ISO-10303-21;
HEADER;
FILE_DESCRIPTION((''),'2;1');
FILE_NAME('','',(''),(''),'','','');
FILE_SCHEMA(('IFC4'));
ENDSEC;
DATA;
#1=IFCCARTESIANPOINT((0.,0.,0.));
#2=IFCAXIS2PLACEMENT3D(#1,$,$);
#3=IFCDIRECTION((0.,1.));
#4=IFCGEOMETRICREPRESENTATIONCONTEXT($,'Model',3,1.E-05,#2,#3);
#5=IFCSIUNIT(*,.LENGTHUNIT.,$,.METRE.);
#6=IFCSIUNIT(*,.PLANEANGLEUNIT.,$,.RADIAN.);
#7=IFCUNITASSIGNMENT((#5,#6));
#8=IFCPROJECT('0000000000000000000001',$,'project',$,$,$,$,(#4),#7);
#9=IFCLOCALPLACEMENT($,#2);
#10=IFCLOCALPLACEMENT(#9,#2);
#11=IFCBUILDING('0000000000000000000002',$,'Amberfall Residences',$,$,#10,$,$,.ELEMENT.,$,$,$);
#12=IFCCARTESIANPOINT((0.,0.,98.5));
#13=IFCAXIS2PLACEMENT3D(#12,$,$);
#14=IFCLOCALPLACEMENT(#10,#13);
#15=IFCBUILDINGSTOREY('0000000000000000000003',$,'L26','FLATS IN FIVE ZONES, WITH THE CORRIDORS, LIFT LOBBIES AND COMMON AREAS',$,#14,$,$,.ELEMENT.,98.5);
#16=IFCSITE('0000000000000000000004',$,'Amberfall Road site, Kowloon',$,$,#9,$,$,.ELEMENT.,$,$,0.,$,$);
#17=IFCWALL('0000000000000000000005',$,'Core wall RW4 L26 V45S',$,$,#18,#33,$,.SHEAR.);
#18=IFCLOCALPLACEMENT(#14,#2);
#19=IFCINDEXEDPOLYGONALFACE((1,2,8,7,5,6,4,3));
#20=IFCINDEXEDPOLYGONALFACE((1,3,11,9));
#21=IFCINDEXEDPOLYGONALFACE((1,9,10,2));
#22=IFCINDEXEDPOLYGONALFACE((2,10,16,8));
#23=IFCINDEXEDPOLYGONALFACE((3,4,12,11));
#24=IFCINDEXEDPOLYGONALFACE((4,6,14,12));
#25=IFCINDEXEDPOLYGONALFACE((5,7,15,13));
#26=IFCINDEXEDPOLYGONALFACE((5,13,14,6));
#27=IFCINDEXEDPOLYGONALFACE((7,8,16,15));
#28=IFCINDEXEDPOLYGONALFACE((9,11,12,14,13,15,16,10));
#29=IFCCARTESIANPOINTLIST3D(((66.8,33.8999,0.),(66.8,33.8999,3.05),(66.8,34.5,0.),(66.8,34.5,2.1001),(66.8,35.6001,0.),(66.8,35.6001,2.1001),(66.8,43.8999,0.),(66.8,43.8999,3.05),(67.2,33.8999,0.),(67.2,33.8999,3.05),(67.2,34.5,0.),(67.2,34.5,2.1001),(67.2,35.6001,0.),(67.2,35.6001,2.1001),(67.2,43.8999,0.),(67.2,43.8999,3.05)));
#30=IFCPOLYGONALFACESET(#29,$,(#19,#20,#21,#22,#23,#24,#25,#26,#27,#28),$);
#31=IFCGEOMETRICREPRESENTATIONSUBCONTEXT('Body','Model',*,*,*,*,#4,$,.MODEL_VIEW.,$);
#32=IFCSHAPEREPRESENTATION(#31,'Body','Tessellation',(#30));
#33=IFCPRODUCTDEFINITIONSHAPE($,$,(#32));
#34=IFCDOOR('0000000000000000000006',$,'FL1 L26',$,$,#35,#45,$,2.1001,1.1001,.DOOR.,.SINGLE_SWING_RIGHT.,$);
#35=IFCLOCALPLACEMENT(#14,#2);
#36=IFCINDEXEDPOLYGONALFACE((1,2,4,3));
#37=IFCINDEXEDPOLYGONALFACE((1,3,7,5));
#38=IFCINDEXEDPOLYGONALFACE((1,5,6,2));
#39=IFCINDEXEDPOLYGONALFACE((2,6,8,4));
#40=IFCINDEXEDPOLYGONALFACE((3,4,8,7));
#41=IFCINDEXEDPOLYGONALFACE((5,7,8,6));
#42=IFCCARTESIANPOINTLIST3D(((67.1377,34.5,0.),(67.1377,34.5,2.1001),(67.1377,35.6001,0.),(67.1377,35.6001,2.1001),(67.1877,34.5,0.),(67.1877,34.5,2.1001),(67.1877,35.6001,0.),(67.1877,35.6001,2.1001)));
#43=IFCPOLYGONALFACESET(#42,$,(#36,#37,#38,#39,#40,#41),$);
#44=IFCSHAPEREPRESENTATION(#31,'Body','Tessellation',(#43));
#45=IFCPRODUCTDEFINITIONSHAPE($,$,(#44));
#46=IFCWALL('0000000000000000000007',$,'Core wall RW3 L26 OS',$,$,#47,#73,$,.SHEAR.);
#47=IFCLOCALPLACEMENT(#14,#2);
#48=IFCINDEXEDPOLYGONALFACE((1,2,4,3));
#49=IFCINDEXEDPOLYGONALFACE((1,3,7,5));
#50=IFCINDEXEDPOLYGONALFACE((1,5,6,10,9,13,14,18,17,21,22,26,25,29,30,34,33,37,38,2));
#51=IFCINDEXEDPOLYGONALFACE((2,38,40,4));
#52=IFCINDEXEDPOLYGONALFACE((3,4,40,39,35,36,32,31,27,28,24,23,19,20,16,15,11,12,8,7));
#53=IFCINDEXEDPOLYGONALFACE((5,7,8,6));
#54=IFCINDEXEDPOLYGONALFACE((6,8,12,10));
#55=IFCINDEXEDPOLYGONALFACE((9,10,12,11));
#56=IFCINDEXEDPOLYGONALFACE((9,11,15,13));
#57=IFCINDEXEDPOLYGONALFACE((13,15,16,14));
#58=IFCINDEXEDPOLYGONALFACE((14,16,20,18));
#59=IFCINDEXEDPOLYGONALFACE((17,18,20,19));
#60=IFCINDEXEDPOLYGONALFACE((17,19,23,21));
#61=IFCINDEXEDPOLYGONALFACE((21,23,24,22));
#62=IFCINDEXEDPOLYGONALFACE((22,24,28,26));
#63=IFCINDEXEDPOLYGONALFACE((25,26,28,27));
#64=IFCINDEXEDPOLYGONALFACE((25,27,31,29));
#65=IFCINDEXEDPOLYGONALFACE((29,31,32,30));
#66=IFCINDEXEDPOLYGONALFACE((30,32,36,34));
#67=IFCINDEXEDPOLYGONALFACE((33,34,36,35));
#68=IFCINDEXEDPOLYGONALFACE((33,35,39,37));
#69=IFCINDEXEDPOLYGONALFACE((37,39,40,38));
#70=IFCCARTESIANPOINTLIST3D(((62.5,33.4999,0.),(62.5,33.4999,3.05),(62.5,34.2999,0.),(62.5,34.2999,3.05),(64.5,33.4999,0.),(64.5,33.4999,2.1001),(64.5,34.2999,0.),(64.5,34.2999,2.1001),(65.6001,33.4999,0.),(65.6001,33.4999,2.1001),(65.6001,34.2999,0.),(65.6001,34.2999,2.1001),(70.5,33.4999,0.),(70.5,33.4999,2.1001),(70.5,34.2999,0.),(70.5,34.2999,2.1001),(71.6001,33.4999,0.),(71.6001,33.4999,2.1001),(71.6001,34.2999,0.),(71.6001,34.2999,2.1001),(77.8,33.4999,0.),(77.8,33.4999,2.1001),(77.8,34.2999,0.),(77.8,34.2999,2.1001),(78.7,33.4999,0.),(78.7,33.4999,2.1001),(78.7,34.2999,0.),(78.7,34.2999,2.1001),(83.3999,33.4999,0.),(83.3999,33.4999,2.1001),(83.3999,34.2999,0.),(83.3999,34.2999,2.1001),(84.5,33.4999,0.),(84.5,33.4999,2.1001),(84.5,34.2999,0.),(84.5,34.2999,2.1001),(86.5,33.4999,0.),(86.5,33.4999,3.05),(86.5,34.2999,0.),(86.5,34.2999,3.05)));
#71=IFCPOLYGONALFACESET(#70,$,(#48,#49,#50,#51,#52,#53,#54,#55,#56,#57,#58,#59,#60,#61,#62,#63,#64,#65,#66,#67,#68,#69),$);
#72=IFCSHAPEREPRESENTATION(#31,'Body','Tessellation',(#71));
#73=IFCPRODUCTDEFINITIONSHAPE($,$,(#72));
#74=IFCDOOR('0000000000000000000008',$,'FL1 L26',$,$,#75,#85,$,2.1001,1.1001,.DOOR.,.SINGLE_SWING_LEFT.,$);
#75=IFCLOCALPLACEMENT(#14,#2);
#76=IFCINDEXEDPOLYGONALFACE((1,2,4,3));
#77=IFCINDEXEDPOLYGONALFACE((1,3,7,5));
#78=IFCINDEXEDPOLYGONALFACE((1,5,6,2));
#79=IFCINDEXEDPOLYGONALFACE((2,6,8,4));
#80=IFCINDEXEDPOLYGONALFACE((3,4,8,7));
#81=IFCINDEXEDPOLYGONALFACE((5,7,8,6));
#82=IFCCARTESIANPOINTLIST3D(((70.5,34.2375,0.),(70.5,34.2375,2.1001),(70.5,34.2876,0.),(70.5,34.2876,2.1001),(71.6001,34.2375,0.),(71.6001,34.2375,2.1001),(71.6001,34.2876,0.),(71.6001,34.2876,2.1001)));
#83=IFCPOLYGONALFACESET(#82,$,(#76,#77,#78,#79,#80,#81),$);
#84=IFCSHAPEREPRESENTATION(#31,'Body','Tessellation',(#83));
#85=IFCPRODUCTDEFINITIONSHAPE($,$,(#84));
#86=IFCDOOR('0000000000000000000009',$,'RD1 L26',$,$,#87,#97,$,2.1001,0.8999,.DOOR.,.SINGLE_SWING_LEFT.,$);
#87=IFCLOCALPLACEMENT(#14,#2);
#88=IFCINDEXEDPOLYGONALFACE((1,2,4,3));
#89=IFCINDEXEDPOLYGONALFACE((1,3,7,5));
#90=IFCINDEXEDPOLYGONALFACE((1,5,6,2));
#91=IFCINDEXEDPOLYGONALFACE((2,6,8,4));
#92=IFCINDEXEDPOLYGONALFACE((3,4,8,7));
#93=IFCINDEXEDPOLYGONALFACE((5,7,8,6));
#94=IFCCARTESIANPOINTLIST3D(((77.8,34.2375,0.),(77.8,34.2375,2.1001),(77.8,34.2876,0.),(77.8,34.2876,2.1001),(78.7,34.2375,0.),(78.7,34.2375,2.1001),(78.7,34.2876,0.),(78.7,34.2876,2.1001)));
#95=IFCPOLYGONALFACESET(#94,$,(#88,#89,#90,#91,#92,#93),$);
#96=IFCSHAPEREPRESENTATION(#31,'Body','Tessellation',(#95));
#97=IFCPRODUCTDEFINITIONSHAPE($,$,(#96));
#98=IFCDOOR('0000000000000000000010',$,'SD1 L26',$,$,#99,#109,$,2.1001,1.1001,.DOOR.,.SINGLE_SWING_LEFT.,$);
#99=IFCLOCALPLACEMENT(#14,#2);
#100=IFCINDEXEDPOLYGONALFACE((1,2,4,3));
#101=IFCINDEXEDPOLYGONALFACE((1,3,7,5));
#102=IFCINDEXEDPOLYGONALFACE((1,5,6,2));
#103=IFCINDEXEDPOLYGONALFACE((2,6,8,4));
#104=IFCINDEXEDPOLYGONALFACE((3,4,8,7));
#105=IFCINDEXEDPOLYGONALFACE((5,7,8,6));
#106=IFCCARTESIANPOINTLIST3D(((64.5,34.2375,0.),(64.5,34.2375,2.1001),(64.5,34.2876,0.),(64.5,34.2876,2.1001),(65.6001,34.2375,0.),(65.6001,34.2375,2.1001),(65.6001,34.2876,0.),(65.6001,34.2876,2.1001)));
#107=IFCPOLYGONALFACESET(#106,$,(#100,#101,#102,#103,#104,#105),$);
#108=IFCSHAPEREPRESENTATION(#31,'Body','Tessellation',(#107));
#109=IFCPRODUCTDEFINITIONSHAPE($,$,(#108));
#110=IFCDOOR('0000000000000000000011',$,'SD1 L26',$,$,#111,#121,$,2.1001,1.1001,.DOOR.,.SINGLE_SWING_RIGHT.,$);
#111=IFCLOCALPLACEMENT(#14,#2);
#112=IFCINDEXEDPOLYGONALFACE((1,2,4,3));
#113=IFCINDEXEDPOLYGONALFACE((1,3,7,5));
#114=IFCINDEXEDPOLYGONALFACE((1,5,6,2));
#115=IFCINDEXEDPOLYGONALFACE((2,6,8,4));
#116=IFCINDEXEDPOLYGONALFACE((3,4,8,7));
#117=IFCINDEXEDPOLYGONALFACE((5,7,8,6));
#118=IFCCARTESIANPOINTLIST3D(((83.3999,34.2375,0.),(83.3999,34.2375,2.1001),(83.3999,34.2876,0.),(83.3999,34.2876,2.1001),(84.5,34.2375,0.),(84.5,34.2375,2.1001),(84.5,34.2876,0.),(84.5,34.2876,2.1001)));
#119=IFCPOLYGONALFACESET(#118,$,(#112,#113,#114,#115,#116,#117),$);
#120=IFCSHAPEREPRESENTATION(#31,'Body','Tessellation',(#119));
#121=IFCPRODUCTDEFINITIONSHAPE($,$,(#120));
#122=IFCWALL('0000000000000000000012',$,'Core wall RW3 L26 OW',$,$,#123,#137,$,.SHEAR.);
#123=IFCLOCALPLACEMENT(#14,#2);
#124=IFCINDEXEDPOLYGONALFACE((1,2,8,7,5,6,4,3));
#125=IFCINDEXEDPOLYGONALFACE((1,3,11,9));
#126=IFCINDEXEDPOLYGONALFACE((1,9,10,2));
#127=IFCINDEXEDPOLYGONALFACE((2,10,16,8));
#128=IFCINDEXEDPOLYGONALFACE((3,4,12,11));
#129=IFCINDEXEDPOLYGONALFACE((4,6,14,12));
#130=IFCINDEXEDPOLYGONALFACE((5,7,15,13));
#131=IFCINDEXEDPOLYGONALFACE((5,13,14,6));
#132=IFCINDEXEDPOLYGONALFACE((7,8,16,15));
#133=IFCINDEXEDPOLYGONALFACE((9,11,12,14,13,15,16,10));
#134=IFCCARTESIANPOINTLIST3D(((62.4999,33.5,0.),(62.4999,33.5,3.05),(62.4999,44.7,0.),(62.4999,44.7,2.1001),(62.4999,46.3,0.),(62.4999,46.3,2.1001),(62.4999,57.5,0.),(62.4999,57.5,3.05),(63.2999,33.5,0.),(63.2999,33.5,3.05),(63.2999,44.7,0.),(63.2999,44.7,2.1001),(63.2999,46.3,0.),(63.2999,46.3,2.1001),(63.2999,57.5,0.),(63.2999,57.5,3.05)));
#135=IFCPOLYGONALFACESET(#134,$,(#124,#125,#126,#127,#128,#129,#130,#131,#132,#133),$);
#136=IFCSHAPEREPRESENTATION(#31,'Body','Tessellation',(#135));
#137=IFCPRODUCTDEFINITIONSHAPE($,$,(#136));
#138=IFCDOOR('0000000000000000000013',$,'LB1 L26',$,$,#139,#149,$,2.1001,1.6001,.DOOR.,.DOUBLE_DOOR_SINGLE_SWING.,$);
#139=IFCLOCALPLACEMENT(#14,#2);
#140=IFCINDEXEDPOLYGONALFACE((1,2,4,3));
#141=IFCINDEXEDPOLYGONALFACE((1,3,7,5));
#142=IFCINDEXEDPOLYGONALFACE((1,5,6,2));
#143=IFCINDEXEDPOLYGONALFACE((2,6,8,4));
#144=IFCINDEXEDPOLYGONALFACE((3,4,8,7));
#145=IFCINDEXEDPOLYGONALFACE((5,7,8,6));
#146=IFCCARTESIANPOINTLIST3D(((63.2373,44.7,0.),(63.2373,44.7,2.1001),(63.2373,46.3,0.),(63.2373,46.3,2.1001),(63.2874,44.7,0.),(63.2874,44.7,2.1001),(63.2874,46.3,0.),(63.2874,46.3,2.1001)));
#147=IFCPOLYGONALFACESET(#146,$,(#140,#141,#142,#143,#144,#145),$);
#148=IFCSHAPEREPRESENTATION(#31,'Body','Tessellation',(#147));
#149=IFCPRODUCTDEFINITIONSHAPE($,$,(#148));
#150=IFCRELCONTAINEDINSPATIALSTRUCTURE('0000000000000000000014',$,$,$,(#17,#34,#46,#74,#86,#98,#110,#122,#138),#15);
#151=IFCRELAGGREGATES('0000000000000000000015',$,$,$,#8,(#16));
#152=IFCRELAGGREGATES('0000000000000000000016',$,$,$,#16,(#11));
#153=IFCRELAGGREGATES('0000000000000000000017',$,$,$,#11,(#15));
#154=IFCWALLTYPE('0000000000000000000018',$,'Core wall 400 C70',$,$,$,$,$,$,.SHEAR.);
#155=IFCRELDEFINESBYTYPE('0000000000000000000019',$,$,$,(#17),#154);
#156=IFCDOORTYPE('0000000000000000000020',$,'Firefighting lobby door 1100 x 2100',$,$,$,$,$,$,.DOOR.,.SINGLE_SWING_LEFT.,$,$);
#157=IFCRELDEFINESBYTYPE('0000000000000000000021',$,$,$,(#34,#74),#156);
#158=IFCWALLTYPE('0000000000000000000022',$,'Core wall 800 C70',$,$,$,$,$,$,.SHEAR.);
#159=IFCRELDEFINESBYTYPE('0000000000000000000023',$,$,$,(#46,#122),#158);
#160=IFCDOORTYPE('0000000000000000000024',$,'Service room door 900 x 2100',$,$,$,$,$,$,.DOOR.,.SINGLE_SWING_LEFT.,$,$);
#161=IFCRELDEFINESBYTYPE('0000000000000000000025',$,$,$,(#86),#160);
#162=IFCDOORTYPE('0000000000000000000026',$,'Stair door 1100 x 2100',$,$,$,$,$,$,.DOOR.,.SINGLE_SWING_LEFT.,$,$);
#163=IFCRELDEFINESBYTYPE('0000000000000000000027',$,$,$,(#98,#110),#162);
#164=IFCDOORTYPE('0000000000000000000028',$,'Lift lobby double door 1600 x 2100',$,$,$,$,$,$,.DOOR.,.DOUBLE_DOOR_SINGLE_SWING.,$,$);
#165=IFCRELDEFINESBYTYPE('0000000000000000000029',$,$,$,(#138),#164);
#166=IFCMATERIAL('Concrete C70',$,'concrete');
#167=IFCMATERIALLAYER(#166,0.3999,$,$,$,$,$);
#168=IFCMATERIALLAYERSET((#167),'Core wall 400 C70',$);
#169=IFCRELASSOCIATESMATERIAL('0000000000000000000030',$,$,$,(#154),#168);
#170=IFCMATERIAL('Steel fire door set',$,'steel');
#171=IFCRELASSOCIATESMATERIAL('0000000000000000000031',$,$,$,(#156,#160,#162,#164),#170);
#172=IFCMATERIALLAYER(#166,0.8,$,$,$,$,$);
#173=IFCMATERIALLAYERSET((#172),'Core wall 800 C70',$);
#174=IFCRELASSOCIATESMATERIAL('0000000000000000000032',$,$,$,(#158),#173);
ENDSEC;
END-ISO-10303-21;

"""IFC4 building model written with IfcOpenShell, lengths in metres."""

from ifc_helpers import new_model, si_unit, direction, frame, frame_2d, origin, place, context, subcontext, project, spatial, rectangle, extrude, material, layer, layer_set, type_object, element, fill, save


model = new_model("IFC4")

# Units and contexts
model_context = context("Model", 3, precision=1e-05, world=origin(), true_north=direction((0.0, 1.0)))
body_context = subcontext(model_context, "Body", "Model", "MODEL_VIEW")
ifc_project = project(units=[si_unit("LENGTHUNIT", "METRE"), si_unit("PLANEANGLEUNIT", "RADIAN")], contexts=[model_context])

# Site, building, storey
site_placement = place(None, origin())
site = spatial("IfcSite", under=ifc_project, at=site_placement, Name="Amberfall Road site, Kowloon", CompositionType="ELEMENT", RefElevation=0.0)
building_placement = place(site_placement, origin())
building = spatial("IfcBuilding", under=site, at=building_placement, Name="Amberfall Residences", CompositionType="ELEMENT")
storey_placement = place(building_placement, frame((0.0, 0.0, 98.5)))
storey = spatial("IfcBuildingStorey", under=building, at=storey_placement, Name="L26", Description="FLATS IN FIVE ZONES, WITH THE CORRIDORS, LIFT LOBBIES AND COMMON AREAS", CompositionType="ELEMENT", Elevation=98.5)

# Wall, opening, door
ifc_material_1 = material(Name="Concrete C70", Category="concrete")
ifc_layer_1 = layer(ifc_material_1, 0.3999)
ifc_layer_set_1 = layer_set([ifc_layer_1], Name="Core wall 400 C70")
wall_type_1 = type_object("IfcWallType", Name="Core wall 400 C70", PredefinedType="SHEAR", material=ifc_layer_set_1)
wall_1_placement = place(storey_placement, frame((67.0, 33.8999, 0.0), z_axis=(0.0, 0.0, 1.0), x_axis=(0.0, 1.0, 0.0)))
wall_1 = element("IfcWall", 1, at=wall_1_placement, inside=storey, type_object=wall_type_1, Name="Core wall RW4 L26 V45S", PredefinedType="SHEAR", context=body_context, shape_type="SweptSolid", body=[
    extrude(rectangle(XDim=10.0, YDim=0.3999, at=frame_2d((5.0, 0.0))), origin(), (0.0, 0.0, 1.0), 3.05),
])
opening_1_placement = place(wall_1_placement, frame((0.6001, 0.0, 0.0)))
opening_1 = element("IfcOpeningElement", 2, at=opening_1_placement, cuts=wall_1, PredefinedType="OPENING", context=body_context, shape_type="SweptSolid", body=[
    extrude(rectangle(XDim=1.1001, YDim=2.1001, at=frame_2d((0.55, 1.05))), frame((0.0, 0.21, 0.0), z_axis=(0.0, -1.0, 0.0), x_axis=(1.0, 0.0, 0.0)), (0.0, 0.0, 1.0), 0.4199),
])
ifc_material_2 = material(Name="Steel fire door set", Category="steel")
door_type_1 = type_object("IfcDoorType", Name="Firefighting lobby door 1100 x 2100", OperationType="SINGLE_SWING_LEFT", PredefinedType="DOOR", material=ifc_material_2)
door_1_placement = place(opening_1_placement, origin())
door_1 = element("IfcDoor", 3, at=door_1_placement, inside=storey, type_object=door_type_1, Name="FL1 L26", OperationType="SINGLE_SWING_RIGHT", OverallHeight=2.1001, OverallWidth=1.1001, PredefinedType="DOOR", context=body_context, shape_type="SweptSolid", body=[
    extrude(rectangle(XDim=1.1001, YDim=2.1001, at=frame_2d((0.55, 1.05))), frame((0.0, -0.1377, 0.0), z_axis=(0.0, -1.0, 0.0), x_axis=(1.0, 0.0, 0.0)), (0.0, 0.0, 1.0), 0.05),
])
fill(opening_1, door_1)

# Wall, openings, doors
ifc_layer_2 = layer(ifc_material_1, 0.8)
ifc_layer_set_2 = layer_set([ifc_layer_2], Name="Core wall 800 C70")
wall_type_2 = type_object("IfcWallType", Name="Core wall 800 C70", PredefinedType="SHEAR", material=ifc_layer_set_2)
wall_2_placement = place(storey_placement, frame((62.5, 33.8999, 0.0), z_axis=(0.0, 0.0, 1.0), x_axis=(1.0, 0.0, 0.0)))
wall_2 = element("IfcWall", 4, at=wall_2_placement, inside=storey, type_object=wall_type_2, Name="Core wall RW3 L26 OS", PredefinedType="SHEAR", context=body_context, shape_type="SweptSolid", body=[
    extrude(rectangle(XDim=24.0, YDim=0.8, at=frame_2d((12.0, 0.0))), origin(), (0.0, 0.0, 1.0), 3.05),
])
opening_2_placement = place(wall_2_placement, frame((2.0, 0.0, 0.0)))
opening_2 = element("IfcOpeningElement", 5, at=opening_2_placement, cuts=wall_2, PredefinedType="OPENING", context=body_context, shape_type="SweptSolid", body=[
    extrude(rectangle(XDim=1.1001, YDim=2.1001, at=frame_2d((0.55, 1.05))), frame((0.0, 0.4099, 0.0), z_axis=(0.0, -1.0, 0.0), x_axis=(1.0, 0.0, 0.0)), (0.0, 0.0, 1.0), 0.8201),
])
opening_3_placement = place(wall_2_placement, frame((20.8999, 0.0, 0.0)))
opening_3 = element("IfcOpeningElement", 6, at=opening_3_placement, cuts=wall_2, PredefinedType="OPENING", context=body_context, shape_type="SweptSolid", body=[
    extrude(rectangle(XDim=1.1001, YDim=2.1001, at=frame_2d((0.55, 1.05))), frame((0.0, 0.4099, 0.0), z_axis=(0.0, -1.0, 0.0), x_axis=(1.0, 0.0, 0.0)), (0.0, 0.0, 1.0), 0.8201),
])
opening_4_placement = place(wall_2_placement, frame((8.0, 0.0, 0.0)))
opening_4 = element("IfcOpeningElement", 7, at=opening_4_placement, cuts=wall_2, PredefinedType="OPENING", context=body_context, shape_type="SweptSolid", body=[
    extrude(rectangle(XDim=1.1001, YDim=2.1001, at=frame_2d((0.55, 1.05))), frame((0.0, 0.4099, 0.0), z_axis=(0.0, -1.0, 0.0), x_axis=(1.0, 0.0, 0.0)), (0.0, 0.0, 1.0), 0.8201),
])
opening_5_placement = place(wall_2_placement, frame((15.3, 0.0, 0.0)))
opening_5 = element("IfcOpeningElement", 8, at=opening_5_placement, cuts=wall_2, PredefinedType="OPENING", context=body_context, shape_type="SweptSolid", body=[
    extrude(rectangle(XDim=0.8999, YDim=2.1001, at=frame_2d((0.45, 1.05))), frame((0.0, 0.4099, 0.0), z_axis=(0.0, -1.0, 0.0), x_axis=(1.0, 0.0, 0.0)), (0.0, 0.0, 1.0), 0.8201),
])
door_2_placement = place(opening_4_placement, origin())
door_2 = element("IfcDoor", 9, at=door_2_placement, inside=storey, type_object=door_type_1, Name="FL1 L26", OperationType="SINGLE_SWING_LEFT", OverallHeight=2.1001, OverallWidth=1.1001, PredefinedType="DOOR", context=body_context, shape_type="SweptSolid", body=[
    extrude(rectangle(XDim=1.1001, YDim=2.1001, at=frame_2d((0.55, 1.05))), frame((0.0, 0.3877, 0.0), z_axis=(0.0, -1.0, 0.0), x_axis=(1.0, 0.0, 0.0)), (0.0, 0.0, 1.0), 0.05),
])
fill(opening_4, door_2)
door_type_2 = type_object("IfcDoorType", Name="Service room door 900 x 2100", OperationType="SINGLE_SWING_LEFT", PredefinedType="DOOR", material=ifc_material_2)
door_3_placement = place(opening_5_placement, origin())
door_3 = element("IfcDoor", 10, at=door_3_placement, inside=storey, type_object=door_type_2, Name="RD1 L26", OperationType="SINGLE_SWING_LEFT", OverallHeight=2.1001, OverallWidth=0.8999, PredefinedType="DOOR", context=body_context, shape_type="SweptSolid", body=[
    extrude(rectangle(XDim=0.8999, YDim=2.1001, at=frame_2d((0.45, 1.05))), frame((0.0, 0.3877, 0.0), z_axis=(0.0, -1.0, 0.0), x_axis=(1.0, 0.0, 0.0)), (0.0, 0.0, 1.0), 0.05),
])
fill(opening_5, door_3)
door_type_3 = type_object("IfcDoorType", Name="Stair door 1100 x 2100", OperationType="SINGLE_SWING_LEFT", PredefinedType="DOOR", material=ifc_material_2)
door_4_placement = place(opening_2_placement, origin())
door_4 = element("IfcDoor", 11, at=door_4_placement, inside=storey, type_object=door_type_3, Name="SD1 L26", OperationType="SINGLE_SWING_LEFT", OverallHeight=2.1001, OverallWidth=1.1001, PredefinedType="DOOR", context=body_context, shape_type="SweptSolid", body=[
    extrude(rectangle(XDim=1.1001, YDim=2.1001, at=frame_2d((0.55, 1.05))), frame((0.0, 0.3877, 0.0), z_axis=(0.0, -1.0, 0.0), x_axis=(1.0, 0.0, 0.0)), (0.0, 0.0, 1.0), 0.05),
])
fill(opening_2, door_4)
door_5_placement = place(opening_3_placement, origin())
door_5 = element("IfcDoor", 12, at=door_5_placement, inside=storey, type_object=door_type_3, Name="SD1 L26", OperationType="SINGLE_SWING_RIGHT", OverallHeight=2.1001, OverallWidth=1.1001, PredefinedType="DOOR", context=body_context, shape_type="SweptSolid", body=[
    extrude(rectangle(XDim=1.1001, YDim=2.1001, at=frame_2d((0.55, 1.05))), frame((0.0, 0.3877, 0.0), z_axis=(0.0, -1.0, 0.0), x_axis=(1.0, 0.0, 0.0)), (0.0, 0.0, 1.0), 0.05),
])
fill(opening_3, door_5)

# Wall, opening, door
wall_3_placement = place(storey_placement, frame((62.8999, 33.5, 0.0), z_axis=(0.0, 0.0, 1.0), x_axis=(0.0, 1.0, 0.0)))
wall_3 = element("IfcWall", 13, at=wall_3_placement, inside=storey, type_object=wall_type_2, Name="Core wall RW3 L26 OW", PredefinedType="SHEAR", context=body_context, shape_type="SweptSolid", body=[
    extrude(rectangle(XDim=24.0, YDim=0.8, at=frame_2d((12.0, 0.0))), origin(), (0.0, 0.0, 1.0), 3.05),
])
opening_6_placement = place(wall_3_placement, frame((11.2, 0.0, 0.0)))
opening_6 = element("IfcOpeningElement", 14, at=opening_6_placement, cuts=wall_3, PredefinedType="OPENING", context=body_context, shape_type="SweptSolid", body=[
    extrude(rectangle(XDim=1.6001, YDim=2.1001, at=frame_2d((0.8, 1.05))), frame((0.0, 0.4099, 0.0), z_axis=(0.0, -1.0, 0.0), x_axis=(1.0, 0.0, 0.0)), (0.0, 0.0, 1.0), 0.8201),
])
door_type_4 = type_object("IfcDoorType", Name="Lift lobby double door 1600 x 2100", OperationType="DOUBLE_DOOR_SINGLE_SWING", PredefinedType="DOOR", material=ifc_material_2)
door_6_placement = place(opening_6_placement, origin())
door_6 = element("IfcDoor", 15, at=door_6_placement, inside=storey, type_object=door_type_4, Name="LB1 L26", OperationType="DOUBLE_DOOR_SINGLE_SWING", OverallHeight=2.1001, OverallWidth=1.6001, PredefinedType="DOOR", context=body_context, shape_type="SweptSolid", body=[
    extrude(rectangle(XDim=1.6001, YDim=2.1001, at=frame_2d((0.8, 1.05))), frame((0.0, -0.3374, 0.0), z_axis=(0.0, -1.0, 0.0), x_axis=(1.0, 0.0, 0.0)), (0.0, 0.0, 1.0), 0.05),
])
fill(opening_6, door_6)

save(model, "model.ifc")
